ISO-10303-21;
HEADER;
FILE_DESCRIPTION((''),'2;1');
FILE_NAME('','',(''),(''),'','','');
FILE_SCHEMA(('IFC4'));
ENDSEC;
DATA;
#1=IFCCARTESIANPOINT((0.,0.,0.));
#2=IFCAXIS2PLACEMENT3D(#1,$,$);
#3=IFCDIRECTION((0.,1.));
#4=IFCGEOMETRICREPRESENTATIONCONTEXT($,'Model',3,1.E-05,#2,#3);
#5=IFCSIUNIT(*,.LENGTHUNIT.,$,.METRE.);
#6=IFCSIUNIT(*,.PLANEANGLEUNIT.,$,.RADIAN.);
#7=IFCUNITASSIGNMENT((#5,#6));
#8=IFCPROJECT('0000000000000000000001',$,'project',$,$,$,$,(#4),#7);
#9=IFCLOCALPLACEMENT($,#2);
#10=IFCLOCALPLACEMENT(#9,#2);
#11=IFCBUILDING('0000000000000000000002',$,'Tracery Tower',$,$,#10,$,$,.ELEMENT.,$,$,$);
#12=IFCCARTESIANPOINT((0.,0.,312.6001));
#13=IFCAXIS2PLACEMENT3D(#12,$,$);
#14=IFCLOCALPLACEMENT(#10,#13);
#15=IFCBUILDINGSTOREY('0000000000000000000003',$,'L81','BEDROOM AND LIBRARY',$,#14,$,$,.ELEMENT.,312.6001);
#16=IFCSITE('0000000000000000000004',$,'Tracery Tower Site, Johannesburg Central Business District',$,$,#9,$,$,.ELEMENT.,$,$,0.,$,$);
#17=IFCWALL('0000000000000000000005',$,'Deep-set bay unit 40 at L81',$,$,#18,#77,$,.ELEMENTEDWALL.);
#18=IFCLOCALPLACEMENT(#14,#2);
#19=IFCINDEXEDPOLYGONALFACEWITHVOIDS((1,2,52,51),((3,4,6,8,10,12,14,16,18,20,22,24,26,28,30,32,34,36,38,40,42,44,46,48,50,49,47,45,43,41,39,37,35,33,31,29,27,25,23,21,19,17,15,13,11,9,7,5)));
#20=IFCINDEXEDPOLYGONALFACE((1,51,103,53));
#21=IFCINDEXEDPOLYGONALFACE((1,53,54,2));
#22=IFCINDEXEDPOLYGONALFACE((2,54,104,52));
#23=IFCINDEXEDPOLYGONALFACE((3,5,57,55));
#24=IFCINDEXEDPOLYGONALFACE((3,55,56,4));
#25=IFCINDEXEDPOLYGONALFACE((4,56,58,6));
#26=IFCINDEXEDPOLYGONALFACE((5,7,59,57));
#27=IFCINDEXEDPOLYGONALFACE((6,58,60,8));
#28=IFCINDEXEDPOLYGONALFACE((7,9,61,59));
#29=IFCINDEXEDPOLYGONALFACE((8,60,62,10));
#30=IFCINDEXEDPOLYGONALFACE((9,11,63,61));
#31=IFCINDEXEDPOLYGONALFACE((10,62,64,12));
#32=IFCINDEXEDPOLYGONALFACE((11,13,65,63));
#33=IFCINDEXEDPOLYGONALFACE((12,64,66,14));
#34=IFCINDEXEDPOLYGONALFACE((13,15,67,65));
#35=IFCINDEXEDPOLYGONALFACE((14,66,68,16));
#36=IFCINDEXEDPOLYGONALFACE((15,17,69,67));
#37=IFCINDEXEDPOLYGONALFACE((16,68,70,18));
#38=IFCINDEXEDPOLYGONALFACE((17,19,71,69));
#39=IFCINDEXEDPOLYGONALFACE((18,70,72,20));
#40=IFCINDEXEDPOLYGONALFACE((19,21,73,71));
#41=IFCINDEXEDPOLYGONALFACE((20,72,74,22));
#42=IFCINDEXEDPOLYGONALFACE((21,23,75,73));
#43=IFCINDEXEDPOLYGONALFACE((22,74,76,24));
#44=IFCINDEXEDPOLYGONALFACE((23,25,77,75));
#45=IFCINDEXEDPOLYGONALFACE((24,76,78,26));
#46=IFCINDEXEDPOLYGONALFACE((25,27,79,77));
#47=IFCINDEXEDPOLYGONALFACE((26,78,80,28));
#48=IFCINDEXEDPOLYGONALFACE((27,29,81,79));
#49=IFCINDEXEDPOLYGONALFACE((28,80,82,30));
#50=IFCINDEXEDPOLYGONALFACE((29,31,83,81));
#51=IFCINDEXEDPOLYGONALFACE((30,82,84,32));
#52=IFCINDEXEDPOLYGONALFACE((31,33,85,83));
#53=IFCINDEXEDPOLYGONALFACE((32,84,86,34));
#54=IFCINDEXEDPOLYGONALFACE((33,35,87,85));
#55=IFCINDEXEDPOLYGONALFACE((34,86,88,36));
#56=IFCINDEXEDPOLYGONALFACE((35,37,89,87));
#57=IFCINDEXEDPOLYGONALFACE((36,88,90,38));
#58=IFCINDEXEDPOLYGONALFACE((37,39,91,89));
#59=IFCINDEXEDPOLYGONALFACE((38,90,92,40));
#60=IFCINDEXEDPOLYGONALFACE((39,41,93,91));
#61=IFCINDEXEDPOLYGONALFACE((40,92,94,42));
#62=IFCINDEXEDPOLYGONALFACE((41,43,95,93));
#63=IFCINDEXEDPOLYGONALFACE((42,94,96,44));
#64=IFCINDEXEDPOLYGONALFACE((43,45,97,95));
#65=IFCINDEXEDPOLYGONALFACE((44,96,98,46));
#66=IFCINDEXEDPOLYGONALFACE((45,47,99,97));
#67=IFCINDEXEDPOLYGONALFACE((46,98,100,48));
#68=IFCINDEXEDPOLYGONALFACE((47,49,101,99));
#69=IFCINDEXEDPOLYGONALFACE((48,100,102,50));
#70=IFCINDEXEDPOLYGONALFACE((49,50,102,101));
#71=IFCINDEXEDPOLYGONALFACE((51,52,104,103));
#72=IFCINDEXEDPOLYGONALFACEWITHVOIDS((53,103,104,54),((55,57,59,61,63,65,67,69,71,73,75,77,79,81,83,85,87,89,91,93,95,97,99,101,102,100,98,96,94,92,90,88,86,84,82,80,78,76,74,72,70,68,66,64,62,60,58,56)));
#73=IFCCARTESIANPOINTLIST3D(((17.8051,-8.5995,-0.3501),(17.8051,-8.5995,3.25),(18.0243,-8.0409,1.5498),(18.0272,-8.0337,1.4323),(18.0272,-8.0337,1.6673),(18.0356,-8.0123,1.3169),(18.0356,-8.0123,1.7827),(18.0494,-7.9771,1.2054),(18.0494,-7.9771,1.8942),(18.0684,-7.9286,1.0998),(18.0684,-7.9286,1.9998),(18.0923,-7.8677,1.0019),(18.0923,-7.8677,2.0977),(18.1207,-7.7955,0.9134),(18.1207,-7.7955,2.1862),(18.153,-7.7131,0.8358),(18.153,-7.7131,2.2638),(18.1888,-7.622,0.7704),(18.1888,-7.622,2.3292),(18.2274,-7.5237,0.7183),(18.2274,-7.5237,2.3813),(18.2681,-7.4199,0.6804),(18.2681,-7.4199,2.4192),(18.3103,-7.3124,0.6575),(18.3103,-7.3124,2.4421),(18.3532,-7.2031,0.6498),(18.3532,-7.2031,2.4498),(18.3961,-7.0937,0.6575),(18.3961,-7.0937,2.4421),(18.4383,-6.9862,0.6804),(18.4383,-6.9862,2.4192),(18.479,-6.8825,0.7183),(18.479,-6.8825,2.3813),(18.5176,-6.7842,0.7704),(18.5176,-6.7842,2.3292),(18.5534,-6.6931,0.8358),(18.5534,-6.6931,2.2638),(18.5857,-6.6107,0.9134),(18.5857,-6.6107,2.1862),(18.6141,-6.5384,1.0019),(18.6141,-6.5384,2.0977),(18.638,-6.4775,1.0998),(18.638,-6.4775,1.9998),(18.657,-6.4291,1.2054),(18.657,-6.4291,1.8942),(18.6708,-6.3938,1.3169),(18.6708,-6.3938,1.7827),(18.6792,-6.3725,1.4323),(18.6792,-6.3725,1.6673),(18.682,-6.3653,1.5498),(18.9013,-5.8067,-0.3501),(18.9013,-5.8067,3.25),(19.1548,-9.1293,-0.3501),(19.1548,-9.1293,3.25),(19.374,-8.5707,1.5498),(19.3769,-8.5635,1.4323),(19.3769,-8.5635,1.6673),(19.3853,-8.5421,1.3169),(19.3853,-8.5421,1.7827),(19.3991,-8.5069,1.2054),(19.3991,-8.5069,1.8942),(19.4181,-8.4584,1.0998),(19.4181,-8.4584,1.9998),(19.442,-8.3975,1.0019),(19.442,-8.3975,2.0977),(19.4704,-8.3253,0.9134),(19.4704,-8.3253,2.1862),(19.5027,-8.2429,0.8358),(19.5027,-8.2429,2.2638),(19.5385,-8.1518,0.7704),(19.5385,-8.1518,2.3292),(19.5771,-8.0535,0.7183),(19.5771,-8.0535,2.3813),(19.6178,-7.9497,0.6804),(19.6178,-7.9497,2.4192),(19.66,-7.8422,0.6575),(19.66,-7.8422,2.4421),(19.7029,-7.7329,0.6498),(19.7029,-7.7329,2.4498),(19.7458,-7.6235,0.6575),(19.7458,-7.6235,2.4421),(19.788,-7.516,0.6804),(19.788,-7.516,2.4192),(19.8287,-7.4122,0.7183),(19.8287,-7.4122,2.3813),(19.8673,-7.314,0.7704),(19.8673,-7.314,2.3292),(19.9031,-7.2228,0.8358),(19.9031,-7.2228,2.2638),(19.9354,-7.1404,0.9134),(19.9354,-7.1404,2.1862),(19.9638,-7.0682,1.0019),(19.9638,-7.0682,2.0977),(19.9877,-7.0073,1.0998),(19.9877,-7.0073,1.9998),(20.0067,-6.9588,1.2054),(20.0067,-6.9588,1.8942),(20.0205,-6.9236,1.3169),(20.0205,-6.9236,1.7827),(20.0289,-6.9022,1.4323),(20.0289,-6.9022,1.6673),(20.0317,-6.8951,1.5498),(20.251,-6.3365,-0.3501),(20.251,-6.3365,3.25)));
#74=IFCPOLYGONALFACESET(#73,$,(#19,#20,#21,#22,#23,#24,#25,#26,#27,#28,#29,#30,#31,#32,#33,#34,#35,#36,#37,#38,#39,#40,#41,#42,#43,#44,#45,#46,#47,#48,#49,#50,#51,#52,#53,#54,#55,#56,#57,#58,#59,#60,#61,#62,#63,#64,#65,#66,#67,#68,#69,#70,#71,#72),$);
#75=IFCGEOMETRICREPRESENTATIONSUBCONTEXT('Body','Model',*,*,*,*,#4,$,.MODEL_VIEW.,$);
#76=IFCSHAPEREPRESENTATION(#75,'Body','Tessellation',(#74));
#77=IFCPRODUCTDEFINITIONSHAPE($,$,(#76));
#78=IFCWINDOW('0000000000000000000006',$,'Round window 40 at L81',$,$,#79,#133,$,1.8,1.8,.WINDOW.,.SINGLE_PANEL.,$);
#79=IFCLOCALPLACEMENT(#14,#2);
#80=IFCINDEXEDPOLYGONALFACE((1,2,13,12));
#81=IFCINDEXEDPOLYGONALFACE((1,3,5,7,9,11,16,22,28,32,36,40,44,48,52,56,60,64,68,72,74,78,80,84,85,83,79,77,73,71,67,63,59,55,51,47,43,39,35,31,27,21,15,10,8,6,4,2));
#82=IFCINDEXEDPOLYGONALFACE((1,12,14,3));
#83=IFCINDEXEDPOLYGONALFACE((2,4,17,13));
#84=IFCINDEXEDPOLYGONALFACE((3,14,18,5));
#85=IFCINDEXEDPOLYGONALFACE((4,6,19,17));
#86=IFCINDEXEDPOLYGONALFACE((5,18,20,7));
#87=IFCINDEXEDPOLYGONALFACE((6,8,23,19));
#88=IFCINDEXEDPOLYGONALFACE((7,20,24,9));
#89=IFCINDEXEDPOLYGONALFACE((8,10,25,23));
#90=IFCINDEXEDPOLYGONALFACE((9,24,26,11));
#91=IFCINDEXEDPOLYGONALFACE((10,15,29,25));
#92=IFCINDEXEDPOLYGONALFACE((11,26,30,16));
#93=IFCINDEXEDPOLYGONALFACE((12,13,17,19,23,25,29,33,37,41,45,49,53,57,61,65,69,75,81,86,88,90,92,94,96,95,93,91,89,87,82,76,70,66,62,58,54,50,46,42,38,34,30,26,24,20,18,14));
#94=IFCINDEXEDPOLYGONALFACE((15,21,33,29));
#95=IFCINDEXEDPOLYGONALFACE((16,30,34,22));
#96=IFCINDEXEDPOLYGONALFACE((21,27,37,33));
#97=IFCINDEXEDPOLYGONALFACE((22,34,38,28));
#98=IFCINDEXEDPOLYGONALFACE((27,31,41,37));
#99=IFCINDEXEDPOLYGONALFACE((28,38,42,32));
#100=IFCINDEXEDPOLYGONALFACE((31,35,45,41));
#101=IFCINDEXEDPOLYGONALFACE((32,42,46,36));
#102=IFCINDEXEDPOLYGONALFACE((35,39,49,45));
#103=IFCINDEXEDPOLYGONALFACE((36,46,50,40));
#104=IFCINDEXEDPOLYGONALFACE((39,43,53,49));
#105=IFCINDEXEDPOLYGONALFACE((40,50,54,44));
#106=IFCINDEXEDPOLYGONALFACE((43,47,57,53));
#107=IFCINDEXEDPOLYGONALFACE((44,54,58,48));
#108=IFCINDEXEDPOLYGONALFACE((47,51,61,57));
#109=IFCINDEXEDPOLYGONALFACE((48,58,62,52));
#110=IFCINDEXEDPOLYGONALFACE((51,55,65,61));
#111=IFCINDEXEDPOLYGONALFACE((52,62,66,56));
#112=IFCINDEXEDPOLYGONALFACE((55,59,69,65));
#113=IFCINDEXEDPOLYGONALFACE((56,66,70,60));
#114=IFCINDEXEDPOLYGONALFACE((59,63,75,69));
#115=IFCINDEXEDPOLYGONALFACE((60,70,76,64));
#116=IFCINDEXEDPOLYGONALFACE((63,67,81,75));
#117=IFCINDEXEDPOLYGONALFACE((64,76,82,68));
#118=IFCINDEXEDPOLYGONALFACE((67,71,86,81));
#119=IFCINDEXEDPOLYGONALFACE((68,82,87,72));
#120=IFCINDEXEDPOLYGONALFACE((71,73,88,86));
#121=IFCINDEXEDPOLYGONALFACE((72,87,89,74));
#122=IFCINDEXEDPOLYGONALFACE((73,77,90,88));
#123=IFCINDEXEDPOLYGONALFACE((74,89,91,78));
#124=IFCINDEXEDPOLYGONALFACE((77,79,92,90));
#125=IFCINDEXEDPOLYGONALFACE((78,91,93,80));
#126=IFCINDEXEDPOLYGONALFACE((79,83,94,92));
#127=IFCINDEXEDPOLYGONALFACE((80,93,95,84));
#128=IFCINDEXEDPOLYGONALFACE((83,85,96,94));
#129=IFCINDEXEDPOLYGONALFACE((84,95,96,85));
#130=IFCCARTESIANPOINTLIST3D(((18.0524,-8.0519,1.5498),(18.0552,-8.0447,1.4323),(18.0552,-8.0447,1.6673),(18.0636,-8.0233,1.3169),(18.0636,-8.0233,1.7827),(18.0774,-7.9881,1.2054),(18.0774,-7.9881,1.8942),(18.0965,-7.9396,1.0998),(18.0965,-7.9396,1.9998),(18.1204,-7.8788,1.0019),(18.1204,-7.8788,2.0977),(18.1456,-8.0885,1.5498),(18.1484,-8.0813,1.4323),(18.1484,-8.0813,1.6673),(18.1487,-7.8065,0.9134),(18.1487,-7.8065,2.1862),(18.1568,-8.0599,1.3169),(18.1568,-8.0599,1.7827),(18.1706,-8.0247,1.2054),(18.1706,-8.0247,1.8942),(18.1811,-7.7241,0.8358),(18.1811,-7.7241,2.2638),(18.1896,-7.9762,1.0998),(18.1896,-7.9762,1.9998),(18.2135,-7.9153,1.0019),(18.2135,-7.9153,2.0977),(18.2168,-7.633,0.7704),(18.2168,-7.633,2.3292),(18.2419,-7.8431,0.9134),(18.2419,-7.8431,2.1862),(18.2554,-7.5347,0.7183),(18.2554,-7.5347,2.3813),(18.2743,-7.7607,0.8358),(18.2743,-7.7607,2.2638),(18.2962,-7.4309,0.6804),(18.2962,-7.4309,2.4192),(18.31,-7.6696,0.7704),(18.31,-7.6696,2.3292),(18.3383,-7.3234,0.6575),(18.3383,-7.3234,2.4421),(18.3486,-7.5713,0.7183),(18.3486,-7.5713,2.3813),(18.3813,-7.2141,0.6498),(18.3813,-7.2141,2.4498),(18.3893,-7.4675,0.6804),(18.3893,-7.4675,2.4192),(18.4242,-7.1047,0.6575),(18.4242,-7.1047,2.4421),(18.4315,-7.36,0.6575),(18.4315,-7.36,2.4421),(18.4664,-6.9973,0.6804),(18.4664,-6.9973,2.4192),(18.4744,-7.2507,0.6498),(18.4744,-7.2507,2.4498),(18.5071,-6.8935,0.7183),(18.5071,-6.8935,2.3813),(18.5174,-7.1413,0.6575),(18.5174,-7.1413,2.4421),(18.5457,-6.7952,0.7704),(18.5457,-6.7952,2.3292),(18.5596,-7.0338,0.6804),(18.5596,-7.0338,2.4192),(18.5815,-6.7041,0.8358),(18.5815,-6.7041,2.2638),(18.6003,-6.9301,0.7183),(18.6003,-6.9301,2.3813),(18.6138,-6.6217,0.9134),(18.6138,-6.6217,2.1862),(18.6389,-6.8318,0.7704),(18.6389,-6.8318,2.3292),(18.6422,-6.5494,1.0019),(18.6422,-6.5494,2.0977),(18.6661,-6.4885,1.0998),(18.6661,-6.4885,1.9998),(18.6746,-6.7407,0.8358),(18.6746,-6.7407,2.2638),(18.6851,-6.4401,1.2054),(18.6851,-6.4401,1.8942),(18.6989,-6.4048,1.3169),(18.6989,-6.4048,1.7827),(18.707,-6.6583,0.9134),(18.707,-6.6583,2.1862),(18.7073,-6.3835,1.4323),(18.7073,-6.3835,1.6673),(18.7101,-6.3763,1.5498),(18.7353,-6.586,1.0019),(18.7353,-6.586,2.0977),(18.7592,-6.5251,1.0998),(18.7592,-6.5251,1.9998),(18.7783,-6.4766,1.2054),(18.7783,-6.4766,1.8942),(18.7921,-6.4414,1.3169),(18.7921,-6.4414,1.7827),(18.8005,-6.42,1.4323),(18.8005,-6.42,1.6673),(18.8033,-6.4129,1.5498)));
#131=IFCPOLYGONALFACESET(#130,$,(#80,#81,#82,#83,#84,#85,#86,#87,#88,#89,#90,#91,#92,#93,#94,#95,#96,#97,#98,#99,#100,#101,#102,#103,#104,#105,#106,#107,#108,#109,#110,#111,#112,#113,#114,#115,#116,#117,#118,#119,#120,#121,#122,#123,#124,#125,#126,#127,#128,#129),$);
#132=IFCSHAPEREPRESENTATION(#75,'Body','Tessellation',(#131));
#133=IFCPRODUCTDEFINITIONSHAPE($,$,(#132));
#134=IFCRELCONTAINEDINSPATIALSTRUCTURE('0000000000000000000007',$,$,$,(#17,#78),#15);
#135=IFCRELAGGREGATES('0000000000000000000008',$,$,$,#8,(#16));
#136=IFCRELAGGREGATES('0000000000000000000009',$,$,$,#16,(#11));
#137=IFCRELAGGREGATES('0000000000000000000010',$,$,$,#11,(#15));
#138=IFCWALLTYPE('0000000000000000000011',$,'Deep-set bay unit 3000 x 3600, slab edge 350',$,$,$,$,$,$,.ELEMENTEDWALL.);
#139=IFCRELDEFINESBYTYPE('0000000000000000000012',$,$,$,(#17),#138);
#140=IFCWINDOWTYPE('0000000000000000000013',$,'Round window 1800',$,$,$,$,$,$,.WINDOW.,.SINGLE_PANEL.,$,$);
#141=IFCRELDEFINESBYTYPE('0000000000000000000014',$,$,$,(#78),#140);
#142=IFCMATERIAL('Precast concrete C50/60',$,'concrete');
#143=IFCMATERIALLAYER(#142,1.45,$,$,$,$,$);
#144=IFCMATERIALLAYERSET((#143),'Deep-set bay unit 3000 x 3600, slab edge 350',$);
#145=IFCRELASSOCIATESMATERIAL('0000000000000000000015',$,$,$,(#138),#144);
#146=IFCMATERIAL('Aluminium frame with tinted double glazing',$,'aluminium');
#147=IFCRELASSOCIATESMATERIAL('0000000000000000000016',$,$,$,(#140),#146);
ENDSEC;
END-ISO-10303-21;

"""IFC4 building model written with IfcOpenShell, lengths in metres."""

from ifc_helpers import new_model, si_unit, direction, frame, frame_2d, origin, origin_2d, place, context, subcontext, project, spatial, rectangle, circle, extrude, material, layer, layer_set, type_object, element, fill, save


model = new_model("IFC4")

# Units and contexts
model_context = context("Model", 3, precision=1e-05, world=origin(), true_north=direction((0.0, 1.0)))
body_context = subcontext(model_context, "Body", "Model", "MODEL_VIEW")
ifc_project = project(units=[si_unit("LENGTHUNIT", "METRE"), si_unit("PLANEANGLEUNIT", "RADIAN")], contexts=[model_context])

# Site, building, storey
site_placement = place(None, origin())
site = spatial("IfcSite", under=ifc_project, at=site_placement, Name="Tracery Tower Site, Johannesburg Central Business District", CompositionType="ELEMENT", RefElevation=0.0)
building_placement = place(site_placement, origin())
building = spatial("IfcBuilding", under=site, at=building_placement, Name="Tracery Tower", CompositionType="ELEMENT")
storey_placement = place(building_placement, frame((0.0, 0.0, 312.6001)))
storey = spatial("IfcBuildingStorey", under=building, at=storey_placement, Name="L81", Description="BEDROOM AND LIBRARY", CompositionType="ELEMENT", Elevation=312.6001)

# Wall, opening, window
ifc_material_1 = material(Name="Precast concrete C50/60", Category="concrete")
ifc_layer_1 = layer(ifc_material_1, 1.45)
ifc_layer_set_1 = layer_set([ifc_layer_1], Name="Deep-set bay unit 3000 x 3600, slab edge 350")
wall_type_1 = type_object("IfcWallType", Name="Deep-set bay unit 3000 x 3600, slab edge 350", PredefinedType="ELEMENTEDWALL", material=ifc_layer_set_1)
ifc_material_2 = material(Name="Aluminium frame with tinted double glazing", Category="aluminium")
window_type = type_object("IfcWindowType", Name="Round window 1800", PartitioningType="SINGLE_PANEL", PredefinedType="WINDOW", material=ifc_material_2)
wall_1_placement = place(storey_placement, frame((18.48, -8.8643, -0.3501), z_axis=(0.0, 0.0, 1.0), x_axis=(0.365378, 0.930859, 0.0)))
wall_1 = element("IfcWall", 1, at=wall_1_placement, inside=storey, type_object=wall_type_1, Name="Deep-set bay unit 40 at L81", PredefinedType="ELEMENTEDWALL", context=body_context, shape_type="SweptSolid", body=[
    extrude(rectangle(XDim=3.0002, YDim=1.45, at=frame_2d((1.5, 0.0))), origin(), (0.0, 0.0, 1.0), 3.6001),
])
opening_1_placement = place(wall_1_placement, frame((1.5, 0.0, 1.8999)))
opening_1 = element("IfcOpeningElement", 2, at=opening_1_placement, cuts=wall_1, PredefinedType="OPENING", context=body_context, shape_type="SweptSolid", body=[
    extrude(circle(Radius=0.9, at=origin_2d()), frame((0.0, 0.7349, 0.0), z_axis=(0.0, -1.0, 0.0), x_axis=(1.0, 0.0, 0.0)), (0.0, 0.0, 1.0), 1.47),
])
window_1_placement = place(opening_1_placement, origin())
window_1 = element("IfcWindow", 3, at=window_1_placement, inside=storey, type_object=window_type, Name="Round window 40 at L81", OverallHeight=1.8, OverallWidth=1.8, PartitioningType="SINGLE_PANEL", PredefinedType="WINDOW", context=body_context, shape_type="SweptSolid", body=[
    extrude(circle(Radius=0.9, at=origin_2d()), frame((0.0, 0.6948, 0.0), z_axis=(0.0, -1.0, 0.0), x_axis=(1.0, 0.0, 0.0)), (0.0, 0.0, 1.0), 0.1001),
])
fill(opening_1, window_1)

save(model, "model.ifc")
